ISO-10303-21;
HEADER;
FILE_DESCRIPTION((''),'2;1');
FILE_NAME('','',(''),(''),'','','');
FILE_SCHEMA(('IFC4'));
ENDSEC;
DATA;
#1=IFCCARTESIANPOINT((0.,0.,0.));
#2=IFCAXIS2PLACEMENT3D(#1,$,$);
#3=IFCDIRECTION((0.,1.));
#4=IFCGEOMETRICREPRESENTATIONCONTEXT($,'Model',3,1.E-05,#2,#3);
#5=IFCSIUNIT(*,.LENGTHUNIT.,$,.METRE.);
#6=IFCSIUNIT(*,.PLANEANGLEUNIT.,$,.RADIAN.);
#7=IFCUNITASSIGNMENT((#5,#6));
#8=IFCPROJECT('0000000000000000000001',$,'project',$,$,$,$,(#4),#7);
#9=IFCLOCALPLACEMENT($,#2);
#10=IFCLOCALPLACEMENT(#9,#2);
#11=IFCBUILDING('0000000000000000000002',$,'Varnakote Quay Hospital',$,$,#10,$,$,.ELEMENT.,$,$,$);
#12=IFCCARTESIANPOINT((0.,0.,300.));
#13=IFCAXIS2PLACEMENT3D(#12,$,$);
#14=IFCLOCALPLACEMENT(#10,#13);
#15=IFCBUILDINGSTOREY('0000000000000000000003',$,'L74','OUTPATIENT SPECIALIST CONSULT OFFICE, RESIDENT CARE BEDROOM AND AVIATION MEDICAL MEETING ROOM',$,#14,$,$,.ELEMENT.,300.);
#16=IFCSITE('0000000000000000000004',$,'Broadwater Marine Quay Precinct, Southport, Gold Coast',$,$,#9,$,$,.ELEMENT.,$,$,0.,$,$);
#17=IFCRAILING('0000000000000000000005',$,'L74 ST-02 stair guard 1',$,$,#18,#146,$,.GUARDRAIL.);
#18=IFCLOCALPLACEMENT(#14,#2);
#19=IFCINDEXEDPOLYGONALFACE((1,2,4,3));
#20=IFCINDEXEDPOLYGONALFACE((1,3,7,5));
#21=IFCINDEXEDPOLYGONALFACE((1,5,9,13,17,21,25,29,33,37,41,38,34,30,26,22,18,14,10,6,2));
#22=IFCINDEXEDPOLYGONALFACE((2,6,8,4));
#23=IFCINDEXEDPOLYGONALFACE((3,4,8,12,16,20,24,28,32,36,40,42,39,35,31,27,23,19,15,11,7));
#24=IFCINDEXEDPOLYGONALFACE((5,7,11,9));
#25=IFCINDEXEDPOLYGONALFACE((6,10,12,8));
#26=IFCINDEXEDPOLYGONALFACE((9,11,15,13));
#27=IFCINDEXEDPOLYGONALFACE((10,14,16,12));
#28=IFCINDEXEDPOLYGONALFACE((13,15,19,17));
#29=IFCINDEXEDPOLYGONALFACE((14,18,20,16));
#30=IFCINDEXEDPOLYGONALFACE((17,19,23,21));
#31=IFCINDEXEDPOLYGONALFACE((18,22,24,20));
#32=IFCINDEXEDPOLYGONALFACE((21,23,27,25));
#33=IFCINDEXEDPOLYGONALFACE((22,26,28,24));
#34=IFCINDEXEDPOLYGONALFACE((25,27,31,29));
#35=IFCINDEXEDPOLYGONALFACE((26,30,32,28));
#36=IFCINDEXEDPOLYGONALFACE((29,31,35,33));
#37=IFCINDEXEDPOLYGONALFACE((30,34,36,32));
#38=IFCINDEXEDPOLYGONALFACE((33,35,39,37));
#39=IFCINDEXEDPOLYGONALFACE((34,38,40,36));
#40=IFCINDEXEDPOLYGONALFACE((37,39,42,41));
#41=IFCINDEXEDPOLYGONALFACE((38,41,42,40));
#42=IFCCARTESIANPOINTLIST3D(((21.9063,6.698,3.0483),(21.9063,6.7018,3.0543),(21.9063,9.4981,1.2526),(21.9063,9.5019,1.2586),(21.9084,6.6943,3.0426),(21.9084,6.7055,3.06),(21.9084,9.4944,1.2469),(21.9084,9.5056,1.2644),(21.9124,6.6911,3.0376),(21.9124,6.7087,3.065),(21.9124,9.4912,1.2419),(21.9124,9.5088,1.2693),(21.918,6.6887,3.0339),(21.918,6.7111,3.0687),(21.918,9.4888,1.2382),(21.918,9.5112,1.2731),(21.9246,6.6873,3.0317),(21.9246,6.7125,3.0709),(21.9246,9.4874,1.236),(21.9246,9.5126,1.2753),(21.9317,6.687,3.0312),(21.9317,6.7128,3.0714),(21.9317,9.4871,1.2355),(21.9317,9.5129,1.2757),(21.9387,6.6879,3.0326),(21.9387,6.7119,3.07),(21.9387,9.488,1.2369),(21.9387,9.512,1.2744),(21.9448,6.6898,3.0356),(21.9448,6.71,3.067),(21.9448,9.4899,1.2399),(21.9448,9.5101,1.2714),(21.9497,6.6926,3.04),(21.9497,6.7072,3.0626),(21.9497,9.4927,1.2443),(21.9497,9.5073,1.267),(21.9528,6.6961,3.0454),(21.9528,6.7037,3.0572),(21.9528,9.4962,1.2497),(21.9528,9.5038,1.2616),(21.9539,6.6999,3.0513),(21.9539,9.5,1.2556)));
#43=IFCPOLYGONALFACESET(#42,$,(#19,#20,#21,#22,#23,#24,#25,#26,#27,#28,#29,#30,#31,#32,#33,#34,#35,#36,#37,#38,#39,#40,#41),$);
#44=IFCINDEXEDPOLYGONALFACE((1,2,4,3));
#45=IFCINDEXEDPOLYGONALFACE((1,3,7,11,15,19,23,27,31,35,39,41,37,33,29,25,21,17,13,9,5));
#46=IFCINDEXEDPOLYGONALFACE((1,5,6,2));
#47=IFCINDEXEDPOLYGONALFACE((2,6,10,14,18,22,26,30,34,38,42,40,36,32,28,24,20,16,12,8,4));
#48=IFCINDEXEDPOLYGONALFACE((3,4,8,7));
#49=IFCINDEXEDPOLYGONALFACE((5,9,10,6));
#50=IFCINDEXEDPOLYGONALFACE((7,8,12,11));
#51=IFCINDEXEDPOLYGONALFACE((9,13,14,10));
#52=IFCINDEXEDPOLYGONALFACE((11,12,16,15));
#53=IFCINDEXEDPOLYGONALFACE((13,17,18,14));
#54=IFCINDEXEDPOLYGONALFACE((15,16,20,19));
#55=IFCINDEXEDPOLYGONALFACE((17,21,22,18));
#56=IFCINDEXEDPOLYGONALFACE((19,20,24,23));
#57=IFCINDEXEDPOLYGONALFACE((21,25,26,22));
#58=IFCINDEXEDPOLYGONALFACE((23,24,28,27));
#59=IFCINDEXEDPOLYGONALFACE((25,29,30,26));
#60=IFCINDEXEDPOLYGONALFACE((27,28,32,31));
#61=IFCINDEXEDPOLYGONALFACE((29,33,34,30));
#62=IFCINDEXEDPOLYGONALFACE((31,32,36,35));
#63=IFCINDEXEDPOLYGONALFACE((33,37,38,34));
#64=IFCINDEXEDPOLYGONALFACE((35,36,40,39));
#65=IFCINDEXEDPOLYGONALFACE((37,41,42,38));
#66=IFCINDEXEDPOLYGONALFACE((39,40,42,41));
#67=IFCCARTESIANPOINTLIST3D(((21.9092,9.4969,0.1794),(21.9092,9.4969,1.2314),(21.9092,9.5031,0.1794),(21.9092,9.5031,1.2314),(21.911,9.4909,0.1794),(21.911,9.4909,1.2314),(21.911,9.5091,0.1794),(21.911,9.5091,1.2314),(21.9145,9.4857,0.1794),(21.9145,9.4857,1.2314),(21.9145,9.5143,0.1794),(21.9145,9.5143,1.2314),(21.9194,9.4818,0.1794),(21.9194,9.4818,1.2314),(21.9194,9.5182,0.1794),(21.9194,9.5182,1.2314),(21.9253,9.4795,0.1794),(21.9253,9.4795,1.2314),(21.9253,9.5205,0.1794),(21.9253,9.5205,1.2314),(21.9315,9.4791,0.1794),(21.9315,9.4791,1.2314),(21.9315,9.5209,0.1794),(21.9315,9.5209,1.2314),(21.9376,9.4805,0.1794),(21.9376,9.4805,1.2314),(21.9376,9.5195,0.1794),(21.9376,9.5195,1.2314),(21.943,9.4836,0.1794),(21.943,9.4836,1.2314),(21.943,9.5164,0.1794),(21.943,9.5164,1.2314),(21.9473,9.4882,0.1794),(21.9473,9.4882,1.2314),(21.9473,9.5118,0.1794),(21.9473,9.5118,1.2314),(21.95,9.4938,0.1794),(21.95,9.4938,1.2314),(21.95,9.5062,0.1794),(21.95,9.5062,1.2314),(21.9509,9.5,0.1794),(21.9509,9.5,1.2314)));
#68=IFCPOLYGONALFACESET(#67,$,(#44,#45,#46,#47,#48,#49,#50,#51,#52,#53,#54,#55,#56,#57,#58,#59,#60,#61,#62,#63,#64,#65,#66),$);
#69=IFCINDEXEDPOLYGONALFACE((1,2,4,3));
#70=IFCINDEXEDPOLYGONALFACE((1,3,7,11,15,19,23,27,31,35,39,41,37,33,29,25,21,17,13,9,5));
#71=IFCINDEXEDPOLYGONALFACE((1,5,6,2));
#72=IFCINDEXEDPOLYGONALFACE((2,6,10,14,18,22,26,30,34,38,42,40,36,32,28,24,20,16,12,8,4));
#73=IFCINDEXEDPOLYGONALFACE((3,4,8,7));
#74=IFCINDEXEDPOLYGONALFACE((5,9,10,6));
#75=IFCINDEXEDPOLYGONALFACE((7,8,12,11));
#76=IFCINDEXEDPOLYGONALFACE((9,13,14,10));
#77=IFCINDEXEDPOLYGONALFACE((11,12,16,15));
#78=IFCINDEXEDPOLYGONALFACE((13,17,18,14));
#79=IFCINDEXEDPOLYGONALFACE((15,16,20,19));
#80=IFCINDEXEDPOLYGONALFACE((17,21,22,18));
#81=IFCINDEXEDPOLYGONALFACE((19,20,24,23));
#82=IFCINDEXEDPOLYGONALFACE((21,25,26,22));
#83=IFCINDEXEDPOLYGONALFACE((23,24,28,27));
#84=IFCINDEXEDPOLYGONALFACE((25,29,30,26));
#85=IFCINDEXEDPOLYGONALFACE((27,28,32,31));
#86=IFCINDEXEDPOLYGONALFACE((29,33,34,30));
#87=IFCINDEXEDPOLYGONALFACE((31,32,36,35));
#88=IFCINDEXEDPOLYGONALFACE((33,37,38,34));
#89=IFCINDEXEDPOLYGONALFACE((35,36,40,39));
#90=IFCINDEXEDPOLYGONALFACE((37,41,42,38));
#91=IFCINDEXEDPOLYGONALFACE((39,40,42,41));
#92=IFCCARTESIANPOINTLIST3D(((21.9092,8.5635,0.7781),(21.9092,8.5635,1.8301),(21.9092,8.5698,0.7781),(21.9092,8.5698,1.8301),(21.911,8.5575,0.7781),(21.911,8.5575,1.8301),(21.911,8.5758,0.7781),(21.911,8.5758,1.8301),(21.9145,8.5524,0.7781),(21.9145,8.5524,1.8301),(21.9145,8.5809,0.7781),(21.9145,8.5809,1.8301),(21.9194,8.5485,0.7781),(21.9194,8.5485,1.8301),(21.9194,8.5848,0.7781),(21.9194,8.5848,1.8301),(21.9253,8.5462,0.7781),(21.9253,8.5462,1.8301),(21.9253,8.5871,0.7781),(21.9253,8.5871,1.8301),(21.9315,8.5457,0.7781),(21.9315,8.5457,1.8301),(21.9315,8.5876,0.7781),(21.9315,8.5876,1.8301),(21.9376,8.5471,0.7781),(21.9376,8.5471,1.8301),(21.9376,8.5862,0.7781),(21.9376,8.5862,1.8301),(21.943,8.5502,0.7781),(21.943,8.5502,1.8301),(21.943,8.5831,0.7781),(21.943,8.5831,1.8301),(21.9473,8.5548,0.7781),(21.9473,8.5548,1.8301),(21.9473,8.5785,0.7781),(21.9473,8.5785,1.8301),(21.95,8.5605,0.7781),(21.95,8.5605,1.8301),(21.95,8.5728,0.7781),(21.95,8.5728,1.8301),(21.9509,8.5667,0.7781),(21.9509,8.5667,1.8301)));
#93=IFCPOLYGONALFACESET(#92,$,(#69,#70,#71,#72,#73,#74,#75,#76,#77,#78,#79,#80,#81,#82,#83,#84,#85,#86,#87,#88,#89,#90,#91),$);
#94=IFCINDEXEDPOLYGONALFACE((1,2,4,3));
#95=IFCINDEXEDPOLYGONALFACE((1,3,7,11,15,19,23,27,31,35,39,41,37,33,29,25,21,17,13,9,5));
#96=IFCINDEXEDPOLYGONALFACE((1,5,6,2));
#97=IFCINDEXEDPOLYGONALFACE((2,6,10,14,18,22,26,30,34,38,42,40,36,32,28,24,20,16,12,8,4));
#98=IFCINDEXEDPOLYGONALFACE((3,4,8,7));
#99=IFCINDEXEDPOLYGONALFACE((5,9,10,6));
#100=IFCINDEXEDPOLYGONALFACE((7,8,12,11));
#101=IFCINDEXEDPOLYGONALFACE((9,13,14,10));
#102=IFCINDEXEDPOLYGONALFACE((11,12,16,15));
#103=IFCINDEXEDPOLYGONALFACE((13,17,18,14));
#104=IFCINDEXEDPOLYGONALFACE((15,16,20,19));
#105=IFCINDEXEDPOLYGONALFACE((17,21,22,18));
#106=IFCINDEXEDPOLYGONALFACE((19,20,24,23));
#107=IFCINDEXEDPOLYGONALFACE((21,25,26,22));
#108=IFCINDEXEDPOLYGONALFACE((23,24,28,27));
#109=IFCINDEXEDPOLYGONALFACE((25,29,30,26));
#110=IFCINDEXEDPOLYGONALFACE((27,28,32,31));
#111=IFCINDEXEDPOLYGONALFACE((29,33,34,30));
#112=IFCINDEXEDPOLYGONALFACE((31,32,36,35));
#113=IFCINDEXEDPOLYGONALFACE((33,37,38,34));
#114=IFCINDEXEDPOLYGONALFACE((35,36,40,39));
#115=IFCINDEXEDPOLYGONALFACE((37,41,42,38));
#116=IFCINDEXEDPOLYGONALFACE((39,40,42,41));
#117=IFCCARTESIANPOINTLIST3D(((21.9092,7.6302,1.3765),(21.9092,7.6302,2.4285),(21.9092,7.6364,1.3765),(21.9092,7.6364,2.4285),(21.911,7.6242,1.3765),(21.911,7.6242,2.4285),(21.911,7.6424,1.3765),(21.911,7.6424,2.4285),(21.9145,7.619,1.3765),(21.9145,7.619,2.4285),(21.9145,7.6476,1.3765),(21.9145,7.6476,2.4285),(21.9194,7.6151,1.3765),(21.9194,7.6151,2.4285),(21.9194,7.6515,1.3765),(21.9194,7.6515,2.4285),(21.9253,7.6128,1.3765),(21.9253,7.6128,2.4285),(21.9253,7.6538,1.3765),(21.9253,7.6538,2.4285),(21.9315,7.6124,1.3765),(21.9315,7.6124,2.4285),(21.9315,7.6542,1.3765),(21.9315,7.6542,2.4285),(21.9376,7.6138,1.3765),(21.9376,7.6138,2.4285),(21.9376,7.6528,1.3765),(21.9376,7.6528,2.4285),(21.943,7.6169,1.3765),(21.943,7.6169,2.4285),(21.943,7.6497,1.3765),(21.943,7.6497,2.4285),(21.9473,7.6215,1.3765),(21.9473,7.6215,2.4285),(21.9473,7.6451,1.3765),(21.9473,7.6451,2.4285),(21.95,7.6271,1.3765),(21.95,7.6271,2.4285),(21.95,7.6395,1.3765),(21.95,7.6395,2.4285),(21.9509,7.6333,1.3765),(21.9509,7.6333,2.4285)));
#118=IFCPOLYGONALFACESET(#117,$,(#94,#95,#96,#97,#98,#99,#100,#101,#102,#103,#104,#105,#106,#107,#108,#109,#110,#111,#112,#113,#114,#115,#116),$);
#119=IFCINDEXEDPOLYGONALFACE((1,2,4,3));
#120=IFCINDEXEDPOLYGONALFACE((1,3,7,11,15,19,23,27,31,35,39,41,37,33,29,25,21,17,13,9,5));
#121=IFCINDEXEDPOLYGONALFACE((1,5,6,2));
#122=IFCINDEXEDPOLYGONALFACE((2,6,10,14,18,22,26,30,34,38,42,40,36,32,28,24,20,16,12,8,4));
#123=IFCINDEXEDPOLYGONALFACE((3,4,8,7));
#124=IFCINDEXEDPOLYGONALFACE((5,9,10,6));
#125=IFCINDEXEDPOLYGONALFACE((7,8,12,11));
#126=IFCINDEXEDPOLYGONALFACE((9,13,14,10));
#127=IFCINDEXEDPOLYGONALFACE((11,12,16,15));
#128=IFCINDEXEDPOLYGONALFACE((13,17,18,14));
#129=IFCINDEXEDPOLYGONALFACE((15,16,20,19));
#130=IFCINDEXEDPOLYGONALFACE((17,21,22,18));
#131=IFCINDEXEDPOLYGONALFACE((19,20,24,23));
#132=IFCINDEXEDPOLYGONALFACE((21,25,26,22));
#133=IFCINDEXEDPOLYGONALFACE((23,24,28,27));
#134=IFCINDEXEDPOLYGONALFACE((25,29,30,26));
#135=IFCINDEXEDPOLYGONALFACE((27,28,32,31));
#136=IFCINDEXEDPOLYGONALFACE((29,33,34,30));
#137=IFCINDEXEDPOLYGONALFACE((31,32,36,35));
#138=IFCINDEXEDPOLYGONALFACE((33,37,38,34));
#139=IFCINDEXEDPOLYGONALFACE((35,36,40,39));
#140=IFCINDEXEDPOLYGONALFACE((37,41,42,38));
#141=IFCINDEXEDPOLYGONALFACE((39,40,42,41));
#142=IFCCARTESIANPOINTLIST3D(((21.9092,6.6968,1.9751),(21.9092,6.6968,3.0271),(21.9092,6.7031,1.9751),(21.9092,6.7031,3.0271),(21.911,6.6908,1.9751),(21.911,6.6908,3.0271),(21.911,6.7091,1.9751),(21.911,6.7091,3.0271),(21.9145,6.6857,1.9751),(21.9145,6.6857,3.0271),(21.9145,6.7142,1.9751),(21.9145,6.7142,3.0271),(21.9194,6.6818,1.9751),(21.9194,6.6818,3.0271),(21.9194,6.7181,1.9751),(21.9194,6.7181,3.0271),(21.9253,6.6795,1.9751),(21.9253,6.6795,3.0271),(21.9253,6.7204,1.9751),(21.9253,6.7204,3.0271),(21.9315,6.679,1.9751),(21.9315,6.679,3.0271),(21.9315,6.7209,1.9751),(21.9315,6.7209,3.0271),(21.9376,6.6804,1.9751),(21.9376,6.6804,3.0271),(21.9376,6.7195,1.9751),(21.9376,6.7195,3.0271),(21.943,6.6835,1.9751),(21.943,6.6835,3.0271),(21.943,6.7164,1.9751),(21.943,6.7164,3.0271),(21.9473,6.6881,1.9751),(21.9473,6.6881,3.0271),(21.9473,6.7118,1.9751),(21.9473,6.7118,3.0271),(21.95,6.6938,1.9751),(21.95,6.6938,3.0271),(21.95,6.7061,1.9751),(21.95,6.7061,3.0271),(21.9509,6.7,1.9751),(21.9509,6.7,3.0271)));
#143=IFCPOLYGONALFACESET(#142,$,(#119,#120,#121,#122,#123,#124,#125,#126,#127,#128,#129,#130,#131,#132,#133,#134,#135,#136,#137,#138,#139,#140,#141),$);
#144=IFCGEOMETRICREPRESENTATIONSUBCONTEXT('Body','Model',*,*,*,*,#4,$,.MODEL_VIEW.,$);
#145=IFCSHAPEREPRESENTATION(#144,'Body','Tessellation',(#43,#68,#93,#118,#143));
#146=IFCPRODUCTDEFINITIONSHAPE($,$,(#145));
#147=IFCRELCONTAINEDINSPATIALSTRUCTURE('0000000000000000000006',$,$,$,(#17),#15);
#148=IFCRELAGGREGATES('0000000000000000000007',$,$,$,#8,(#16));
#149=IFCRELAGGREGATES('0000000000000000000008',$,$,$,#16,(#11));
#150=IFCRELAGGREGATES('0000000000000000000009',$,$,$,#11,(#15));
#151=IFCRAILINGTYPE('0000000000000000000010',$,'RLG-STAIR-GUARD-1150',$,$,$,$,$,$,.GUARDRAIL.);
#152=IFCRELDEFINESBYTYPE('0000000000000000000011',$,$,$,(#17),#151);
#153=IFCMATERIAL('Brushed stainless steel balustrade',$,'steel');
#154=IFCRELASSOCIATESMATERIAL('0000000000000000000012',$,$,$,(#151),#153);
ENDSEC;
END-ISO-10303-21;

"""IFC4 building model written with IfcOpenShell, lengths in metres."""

from ifc_helpers import new_model, si_unit, direction, frame, origin, origin_2d, place, context, subcontext, project, spatial, circle, extrude, material, type_object, element, save


model = new_model("IFC4")

# Units and contexts
model_context = context("Model", 3, precision=1e-05, world=origin(), true_north=direction((0.0, 1.0)))
body_context = subcontext(model_context, "Body", "Model", "MODEL_VIEW")
ifc_project = project(units=[si_unit("LENGTHUNIT", "METRE"), si_unit("PLANEANGLEUNIT", "RADIAN")], contexts=[model_context])

# Site, building, storey
site_placement = place(None, origin())
site = spatial("IfcSite", under=ifc_project, at=site_placement, Name="Broadwater Marine Quay Precinct, Southport, Gold Coast", CompositionType="ELEMENT", RefElevation=0.0)
building_placement = place(site_placement, origin())
building = spatial("IfcBuilding", under=site, at=building_placement, Name="Varnakote Quay Hospital", CompositionType="ELEMENT")
storey_placement = place(building_placement, frame((0.0, 0.0, 300.0)))
storey = spatial("IfcBuildingStorey", under=building, at=storey_placement, Name="L74", Description="OUTPATIENT SPECIALIST CONSULT OFFICE, RESIDENT CARE BEDROOM AND AVIATION MEDICAL MEETING ROOM", CompositionType="ELEMENT", Elevation=300.0)

# Railing
ifc_material_1 = material(Name="Brushed stainless steel balustrade", Category="steel")
railing_type_1 = type_object("IfcRailingType", Name="RLG-STAIR-GUARD-1150", PredefinedType="GUARDRAIL", material=ifc_material_1)
railing_1_placement = place(storey_placement, frame((21.9299, 9.5, 0.1794)))
element("IfcRailing", 1, at=railing_1_placement, inside=storey, type_object=railing_type_1, Name="L74 ST-02 stair guard 1", PredefinedType="GUARDRAIL", context=body_context, shape_type="SweptSolid", body=[
    extrude(circle(Radius=0.0239, at=origin_2d()), frame((0.0, 0.0, 1.0762), z_axis=(0.0, -0.841777, 0.539826), x_axis=(1.0, 0.0, 0.0)), (0.0, 0.0, 1.0), 3.3264),
    extrude(circle(Radius=0.021, at=origin_2d()), origin(), (0.0, 0.0, 1.0), 1.052),
    extrude(circle(Radius=0.021, at=origin_2d()), frame((0.0, -0.9333, 0.5986)), (0.0, 0.0, 1.0), 1.052),
    extrude(circle(Radius=0.021, at=origin_2d()), frame((0.0, -1.8667, 1.197)), (0.0, 0.0, 1.0), 1.052),
    extrude(circle(Radius=0.021, at=origin_2d()), frame((0.0, -2.8, 1.7957)), (0.0, 0.0, 1.0), 1.052),
])

save(model, "model.ifc")
